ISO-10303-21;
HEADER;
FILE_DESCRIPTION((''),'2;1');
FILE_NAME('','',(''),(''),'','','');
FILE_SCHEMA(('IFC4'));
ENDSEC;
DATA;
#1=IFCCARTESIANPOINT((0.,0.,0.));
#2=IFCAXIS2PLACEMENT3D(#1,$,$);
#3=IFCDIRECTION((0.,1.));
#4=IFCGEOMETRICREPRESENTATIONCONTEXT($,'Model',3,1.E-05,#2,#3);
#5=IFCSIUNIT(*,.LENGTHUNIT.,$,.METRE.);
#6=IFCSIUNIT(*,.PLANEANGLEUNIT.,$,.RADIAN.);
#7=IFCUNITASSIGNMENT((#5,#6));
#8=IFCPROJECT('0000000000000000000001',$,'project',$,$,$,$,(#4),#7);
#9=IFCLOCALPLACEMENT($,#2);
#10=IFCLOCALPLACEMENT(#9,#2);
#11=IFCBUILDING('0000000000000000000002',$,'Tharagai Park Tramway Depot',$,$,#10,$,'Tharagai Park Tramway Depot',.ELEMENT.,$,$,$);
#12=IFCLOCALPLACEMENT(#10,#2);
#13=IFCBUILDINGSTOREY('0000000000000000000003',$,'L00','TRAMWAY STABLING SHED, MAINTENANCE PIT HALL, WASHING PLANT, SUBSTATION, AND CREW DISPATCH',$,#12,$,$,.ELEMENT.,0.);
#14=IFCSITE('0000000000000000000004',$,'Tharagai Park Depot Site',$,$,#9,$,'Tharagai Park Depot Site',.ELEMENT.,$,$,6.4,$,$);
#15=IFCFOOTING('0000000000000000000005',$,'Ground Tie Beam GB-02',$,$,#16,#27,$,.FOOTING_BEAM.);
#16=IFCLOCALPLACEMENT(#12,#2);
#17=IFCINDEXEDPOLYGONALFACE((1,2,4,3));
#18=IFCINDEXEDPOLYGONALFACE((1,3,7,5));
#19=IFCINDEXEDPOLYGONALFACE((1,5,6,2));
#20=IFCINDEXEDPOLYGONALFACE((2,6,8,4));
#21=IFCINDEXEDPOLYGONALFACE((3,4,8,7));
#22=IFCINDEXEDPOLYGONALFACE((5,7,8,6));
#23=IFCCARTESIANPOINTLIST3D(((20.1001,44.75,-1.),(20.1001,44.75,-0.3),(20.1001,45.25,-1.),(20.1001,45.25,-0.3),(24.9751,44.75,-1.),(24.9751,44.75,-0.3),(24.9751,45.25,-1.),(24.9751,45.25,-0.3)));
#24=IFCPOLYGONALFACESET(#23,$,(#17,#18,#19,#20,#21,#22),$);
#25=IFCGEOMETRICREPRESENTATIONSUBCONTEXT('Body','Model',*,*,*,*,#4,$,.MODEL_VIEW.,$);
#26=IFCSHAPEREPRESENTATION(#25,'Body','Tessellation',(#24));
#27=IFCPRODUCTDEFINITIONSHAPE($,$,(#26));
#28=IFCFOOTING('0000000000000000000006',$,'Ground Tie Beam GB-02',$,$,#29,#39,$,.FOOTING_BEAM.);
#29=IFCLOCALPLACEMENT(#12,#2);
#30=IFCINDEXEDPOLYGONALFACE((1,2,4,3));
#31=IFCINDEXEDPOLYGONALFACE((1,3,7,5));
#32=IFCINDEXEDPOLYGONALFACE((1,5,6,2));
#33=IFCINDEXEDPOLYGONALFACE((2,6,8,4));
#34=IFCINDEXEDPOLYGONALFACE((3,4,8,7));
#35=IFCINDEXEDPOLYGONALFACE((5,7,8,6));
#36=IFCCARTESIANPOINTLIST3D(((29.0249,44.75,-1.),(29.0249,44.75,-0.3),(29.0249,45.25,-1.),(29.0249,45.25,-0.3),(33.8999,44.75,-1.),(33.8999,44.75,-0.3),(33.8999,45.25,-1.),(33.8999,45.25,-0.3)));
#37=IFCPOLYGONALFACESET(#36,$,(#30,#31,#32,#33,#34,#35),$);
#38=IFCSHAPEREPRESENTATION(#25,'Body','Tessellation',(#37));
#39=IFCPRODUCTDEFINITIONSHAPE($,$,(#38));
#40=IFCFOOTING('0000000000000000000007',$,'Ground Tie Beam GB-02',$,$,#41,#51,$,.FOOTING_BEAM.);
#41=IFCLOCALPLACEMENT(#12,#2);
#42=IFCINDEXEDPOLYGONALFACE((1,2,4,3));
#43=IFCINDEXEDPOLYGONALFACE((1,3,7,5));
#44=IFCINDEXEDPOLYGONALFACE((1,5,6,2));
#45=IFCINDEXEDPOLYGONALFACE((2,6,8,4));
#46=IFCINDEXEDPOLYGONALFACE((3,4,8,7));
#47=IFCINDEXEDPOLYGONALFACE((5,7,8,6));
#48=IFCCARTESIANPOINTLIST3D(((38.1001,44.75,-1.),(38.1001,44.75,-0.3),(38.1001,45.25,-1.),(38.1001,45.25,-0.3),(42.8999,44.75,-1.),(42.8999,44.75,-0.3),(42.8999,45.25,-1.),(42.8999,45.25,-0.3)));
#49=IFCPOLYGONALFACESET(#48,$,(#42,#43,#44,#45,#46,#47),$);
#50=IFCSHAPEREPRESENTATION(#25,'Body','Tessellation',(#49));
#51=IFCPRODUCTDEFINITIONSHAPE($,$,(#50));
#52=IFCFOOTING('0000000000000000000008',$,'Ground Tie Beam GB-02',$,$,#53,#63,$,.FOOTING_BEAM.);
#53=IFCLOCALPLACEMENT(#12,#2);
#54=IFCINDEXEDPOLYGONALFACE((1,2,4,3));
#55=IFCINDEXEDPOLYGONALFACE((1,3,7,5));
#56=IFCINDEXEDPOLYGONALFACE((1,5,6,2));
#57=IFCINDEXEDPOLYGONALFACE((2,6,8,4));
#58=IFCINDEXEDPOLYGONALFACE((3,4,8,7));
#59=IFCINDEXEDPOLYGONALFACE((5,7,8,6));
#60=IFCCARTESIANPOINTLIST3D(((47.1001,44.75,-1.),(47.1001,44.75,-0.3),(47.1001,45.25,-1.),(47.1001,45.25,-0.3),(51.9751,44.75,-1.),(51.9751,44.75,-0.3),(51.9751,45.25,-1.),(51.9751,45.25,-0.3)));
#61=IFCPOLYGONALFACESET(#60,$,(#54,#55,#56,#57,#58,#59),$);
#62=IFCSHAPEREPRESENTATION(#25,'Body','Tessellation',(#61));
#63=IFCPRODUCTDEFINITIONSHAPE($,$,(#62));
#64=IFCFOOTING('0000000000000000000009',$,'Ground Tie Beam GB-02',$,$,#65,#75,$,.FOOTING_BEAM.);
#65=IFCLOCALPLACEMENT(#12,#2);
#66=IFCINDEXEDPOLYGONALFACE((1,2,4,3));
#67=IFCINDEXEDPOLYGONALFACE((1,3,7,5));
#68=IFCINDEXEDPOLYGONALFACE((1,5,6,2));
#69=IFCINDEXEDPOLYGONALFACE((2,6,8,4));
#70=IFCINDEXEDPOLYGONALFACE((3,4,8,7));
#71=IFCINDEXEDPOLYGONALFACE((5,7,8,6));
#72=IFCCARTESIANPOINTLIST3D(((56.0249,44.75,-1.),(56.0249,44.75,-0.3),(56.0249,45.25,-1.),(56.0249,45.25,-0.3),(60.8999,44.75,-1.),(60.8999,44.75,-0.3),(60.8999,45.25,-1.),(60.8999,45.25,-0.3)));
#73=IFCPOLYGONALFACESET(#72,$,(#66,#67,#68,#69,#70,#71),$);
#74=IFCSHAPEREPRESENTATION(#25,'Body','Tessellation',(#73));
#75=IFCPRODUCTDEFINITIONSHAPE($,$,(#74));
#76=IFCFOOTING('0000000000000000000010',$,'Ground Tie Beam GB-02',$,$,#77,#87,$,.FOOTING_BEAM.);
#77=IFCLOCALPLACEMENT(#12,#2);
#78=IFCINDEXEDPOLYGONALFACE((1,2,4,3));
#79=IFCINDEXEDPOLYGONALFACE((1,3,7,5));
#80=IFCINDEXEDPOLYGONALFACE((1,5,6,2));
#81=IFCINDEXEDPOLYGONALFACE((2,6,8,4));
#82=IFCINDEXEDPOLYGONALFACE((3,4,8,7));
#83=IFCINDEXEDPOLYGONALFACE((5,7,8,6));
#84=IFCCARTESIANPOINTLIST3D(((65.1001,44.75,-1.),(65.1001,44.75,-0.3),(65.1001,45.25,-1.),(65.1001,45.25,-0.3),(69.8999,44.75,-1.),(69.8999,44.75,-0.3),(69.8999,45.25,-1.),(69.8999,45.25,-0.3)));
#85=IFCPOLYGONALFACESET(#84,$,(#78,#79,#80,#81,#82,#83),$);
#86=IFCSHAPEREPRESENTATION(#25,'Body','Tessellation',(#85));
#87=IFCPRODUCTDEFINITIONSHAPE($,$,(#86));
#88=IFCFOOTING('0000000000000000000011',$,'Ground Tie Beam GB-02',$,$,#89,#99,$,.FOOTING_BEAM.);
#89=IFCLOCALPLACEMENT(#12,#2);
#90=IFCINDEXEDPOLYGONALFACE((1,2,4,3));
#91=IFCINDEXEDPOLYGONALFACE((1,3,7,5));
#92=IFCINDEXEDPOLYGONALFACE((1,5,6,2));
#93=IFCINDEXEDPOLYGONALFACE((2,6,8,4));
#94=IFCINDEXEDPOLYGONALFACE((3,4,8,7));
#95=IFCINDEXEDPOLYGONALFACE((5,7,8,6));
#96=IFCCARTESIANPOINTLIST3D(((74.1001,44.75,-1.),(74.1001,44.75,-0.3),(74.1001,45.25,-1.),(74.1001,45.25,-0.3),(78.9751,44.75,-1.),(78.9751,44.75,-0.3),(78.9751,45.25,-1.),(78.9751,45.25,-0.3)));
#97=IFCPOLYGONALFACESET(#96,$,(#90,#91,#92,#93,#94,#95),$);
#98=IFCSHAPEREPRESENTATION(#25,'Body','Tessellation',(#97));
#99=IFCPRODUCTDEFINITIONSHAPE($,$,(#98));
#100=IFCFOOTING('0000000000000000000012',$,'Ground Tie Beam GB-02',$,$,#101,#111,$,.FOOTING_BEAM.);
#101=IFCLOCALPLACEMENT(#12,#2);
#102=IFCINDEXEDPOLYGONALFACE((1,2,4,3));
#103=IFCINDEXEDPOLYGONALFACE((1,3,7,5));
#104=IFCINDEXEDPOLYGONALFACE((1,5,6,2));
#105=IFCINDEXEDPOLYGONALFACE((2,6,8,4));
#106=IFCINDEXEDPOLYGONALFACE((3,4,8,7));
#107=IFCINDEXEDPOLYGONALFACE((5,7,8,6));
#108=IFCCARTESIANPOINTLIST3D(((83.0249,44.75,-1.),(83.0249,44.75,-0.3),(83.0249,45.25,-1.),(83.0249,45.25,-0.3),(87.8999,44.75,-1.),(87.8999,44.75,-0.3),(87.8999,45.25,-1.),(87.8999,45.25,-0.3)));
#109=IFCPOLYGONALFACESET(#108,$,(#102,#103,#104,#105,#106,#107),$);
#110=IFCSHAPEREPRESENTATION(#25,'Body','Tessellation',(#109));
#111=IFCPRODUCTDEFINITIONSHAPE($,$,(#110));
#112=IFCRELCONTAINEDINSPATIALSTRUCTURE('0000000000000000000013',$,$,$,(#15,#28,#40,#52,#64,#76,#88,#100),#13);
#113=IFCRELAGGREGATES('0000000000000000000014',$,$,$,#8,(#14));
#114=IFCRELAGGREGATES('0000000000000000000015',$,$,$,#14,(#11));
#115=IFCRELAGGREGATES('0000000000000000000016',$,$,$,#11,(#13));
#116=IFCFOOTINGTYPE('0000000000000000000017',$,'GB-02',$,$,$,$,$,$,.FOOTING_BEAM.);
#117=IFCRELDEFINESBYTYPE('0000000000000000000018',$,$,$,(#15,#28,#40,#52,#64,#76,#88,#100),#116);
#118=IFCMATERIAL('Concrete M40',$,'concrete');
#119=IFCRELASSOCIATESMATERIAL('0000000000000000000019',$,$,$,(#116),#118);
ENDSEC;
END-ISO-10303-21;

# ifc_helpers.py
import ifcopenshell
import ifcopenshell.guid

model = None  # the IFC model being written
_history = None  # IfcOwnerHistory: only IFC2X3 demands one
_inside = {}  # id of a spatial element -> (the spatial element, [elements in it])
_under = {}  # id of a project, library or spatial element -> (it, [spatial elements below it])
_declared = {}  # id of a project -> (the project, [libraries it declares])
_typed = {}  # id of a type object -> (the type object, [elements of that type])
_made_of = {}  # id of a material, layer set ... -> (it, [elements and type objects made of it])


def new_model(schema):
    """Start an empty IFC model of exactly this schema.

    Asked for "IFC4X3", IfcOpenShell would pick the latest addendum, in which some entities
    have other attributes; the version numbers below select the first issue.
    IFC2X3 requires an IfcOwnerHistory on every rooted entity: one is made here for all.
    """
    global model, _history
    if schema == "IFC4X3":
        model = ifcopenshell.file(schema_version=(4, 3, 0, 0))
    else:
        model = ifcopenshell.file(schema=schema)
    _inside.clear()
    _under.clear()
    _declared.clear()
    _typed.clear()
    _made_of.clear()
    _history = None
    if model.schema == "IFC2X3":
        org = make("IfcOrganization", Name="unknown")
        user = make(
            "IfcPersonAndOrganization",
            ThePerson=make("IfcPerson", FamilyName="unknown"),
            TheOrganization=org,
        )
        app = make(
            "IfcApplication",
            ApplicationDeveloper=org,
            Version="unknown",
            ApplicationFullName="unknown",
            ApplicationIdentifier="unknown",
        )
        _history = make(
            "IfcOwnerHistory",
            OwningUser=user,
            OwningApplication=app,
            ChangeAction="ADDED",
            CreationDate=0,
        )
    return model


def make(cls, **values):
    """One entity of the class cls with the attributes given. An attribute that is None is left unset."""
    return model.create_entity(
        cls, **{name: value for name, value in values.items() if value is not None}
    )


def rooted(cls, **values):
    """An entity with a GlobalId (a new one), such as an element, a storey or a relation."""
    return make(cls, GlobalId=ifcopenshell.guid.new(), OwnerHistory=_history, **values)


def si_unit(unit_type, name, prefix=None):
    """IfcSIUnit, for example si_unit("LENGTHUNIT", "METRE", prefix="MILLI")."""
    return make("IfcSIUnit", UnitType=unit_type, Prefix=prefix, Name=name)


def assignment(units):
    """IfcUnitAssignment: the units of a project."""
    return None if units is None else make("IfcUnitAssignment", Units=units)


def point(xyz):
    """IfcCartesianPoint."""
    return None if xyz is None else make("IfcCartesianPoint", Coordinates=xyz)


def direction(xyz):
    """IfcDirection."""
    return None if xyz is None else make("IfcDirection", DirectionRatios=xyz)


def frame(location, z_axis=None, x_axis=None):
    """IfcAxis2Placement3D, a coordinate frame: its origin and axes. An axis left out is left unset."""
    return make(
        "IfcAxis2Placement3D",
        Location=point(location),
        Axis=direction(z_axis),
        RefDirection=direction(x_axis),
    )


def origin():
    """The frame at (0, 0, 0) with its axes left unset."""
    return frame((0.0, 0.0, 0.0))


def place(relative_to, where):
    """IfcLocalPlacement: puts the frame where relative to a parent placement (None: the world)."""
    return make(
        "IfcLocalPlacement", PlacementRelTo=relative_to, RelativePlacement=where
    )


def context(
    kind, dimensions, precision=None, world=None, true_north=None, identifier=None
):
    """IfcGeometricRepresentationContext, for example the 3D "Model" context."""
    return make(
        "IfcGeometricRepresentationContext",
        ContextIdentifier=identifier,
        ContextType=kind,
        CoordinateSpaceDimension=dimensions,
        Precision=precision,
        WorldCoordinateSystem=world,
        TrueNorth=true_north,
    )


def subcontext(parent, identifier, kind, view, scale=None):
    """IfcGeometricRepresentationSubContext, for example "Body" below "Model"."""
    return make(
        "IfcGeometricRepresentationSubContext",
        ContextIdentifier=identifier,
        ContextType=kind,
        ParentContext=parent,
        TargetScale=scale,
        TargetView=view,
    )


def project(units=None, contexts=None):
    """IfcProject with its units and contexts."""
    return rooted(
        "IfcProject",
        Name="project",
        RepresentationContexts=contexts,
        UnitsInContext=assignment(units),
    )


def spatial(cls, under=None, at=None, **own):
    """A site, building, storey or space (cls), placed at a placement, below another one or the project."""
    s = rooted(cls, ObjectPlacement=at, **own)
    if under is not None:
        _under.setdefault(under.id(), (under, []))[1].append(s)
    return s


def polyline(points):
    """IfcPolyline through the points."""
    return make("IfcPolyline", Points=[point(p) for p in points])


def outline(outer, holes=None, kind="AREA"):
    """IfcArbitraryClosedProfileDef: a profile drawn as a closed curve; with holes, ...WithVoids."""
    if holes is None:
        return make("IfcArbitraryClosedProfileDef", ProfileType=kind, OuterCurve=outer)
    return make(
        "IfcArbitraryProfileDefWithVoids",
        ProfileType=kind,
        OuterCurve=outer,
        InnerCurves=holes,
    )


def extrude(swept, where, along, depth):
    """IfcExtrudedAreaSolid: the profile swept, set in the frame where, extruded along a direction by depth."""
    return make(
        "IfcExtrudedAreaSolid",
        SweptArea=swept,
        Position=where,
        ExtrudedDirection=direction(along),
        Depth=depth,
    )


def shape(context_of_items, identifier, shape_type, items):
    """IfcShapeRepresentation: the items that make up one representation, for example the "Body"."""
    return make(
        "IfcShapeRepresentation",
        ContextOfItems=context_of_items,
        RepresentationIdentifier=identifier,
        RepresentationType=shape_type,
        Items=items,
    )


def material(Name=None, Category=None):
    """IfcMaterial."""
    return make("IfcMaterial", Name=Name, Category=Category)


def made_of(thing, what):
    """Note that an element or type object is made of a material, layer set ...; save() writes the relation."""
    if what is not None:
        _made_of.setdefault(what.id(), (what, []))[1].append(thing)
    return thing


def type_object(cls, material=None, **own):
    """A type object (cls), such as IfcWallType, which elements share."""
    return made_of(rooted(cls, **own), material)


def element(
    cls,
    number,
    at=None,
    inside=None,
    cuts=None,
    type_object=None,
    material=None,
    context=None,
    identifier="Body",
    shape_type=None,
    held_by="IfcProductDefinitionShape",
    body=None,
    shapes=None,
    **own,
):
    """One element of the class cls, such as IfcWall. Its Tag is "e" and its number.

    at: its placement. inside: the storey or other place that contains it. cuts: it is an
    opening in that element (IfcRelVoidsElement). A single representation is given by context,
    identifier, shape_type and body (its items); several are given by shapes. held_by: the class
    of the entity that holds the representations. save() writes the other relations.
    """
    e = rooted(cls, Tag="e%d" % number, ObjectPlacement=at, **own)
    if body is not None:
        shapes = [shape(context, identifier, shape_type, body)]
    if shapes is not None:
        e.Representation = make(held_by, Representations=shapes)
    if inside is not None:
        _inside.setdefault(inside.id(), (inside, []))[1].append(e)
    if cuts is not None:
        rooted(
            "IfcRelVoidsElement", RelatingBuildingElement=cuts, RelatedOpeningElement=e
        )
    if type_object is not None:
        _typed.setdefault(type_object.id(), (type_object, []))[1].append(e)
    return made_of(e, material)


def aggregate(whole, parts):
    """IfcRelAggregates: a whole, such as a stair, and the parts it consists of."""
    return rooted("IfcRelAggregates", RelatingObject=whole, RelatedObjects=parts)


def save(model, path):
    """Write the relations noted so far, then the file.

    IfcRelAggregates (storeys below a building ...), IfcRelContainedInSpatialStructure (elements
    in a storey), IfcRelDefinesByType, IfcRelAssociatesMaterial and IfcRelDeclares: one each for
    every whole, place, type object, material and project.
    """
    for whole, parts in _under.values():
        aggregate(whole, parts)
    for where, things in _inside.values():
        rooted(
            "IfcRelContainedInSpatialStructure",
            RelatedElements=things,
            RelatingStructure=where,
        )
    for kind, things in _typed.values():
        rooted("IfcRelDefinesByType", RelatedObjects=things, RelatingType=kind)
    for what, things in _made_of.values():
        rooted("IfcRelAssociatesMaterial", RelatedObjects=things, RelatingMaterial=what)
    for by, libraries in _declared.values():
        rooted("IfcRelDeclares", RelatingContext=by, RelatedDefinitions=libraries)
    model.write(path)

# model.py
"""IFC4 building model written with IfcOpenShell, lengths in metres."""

from ifc_helpers import new_model, si_unit, direction, frame, origin, place, context, subcontext, project, spatial, polyline, outline, extrude, material, type_object, element, save


model = new_model("IFC4")

# Units and contexts
model_context = context("Model", 3, precision=1e-05, world=origin(), true_north=direction((0.0, 1.0)))
body_context = subcontext(model_context, "Body", "Model", "MODEL_VIEW")
ifc_project = project(units=[si_unit("LENGTHUNIT", "METRE"), si_unit("PLANEANGLEUNIT", "RADIAN")], contexts=[model_context])

# Site, building, storey
site_placement = place(None, origin())
site = spatial("IfcSite", under=ifc_project, at=site_placement, Name="Tharagai Park Depot Site", LongName="Tharagai Park Depot Site", CompositionType="ELEMENT", RefElevation=6.4)
building_placement = place(site_placement, origin())
building = spatial("IfcBuilding", under=site, at=building_placement, Name="Tharagai Park Tramway Depot", LongName="Tharagai Park Tramway Depot", CompositionType="ELEMENT")
storey_placement = place(building_placement, origin())
storey = spatial("IfcBuildingStorey", under=building, at=storey_placement, Name="L00", Description="TRAMWAY STABLING SHED, MAINTENANCE PIT HALL, WASHING PLANT, SUBSTATION, AND CREW DISPATCH", CompositionType="ELEMENT", Elevation=0.0)

# Footings
ifc_material = material(Name="Concrete M40", Category="concrete")
footing_type_1 = type_object("IfcFootingType", Name="GB-02", PredefinedType="FOOTING_BEAM", material=ifc_material)
footing_1_placement = place(storey_placement, frame((0.0, 0.0, -1.0)))
element("IfcFooting", 1, at=footing_1_placement, inside=storey, type_object=footing_type_1, Name="Ground Tie Beam GB-02", PredefinedType="FOOTING_BEAM", context=body_context, shape_type="SweptSolid", body=[
    extrude(outline(polyline([(20.1001, 44.75), (24.9751, 44.75), (24.9751, 45.25), (20.1001, 45.25), (20.1001, 44.75)])), origin(), (0.0, 0.0, 1.0), 0.7),
])
footing_2_placement = place(storey_placement, frame((0.0, 0.0, -1.0)))
element("IfcFooting", 2, at=footing_2_placement, inside=storey, type_object=footing_type_1, Name="Ground Tie Beam GB-02", PredefinedType="FOOTING_BEAM", context=body_context, shape_type="SweptSolid", body=[
    extrude(outline(polyline([(29.0249, 44.75), (33.8999, 44.75), (33.8999, 45.25), (29.0249, 45.25), (29.0249, 44.75)])), origin(), (0.0, 0.0, 1.0), 0.7),
])
footing_3_placement = place(storey_placement, frame((0.0, 0.0, -1.0)))
element("IfcFooting", 3, at=footing_3_placement, inside=storey, type_object=footing_type_1, Name="Ground Tie Beam GB-02", PredefinedType="FOOTING_BEAM", context=body_context, shape_type="SweptSolid", body=[
    extrude(outline(polyline([(38.1001, 44.75), (42.8999, 44.75), (42.8999, 45.25), (38.1001, 45.25), (38.1001, 44.75)])), origin(), (0.0, 0.0, 1.0), 0.7),
])
footing_4_placement = place(storey_placement, frame((0.0, 0.0, -1.0)))
element("IfcFooting", 4, at=footing_4_placement, inside=storey, type_object=footing_type_1, Name="Ground Tie Beam GB-02", PredefinedType="FOOTING_BEAM", context=body_context, shape_type="SweptSolid", body=[
    extrude(outline(polyline([(47.1001, 44.75), (51.9751, 44.75), (51.9751, 45.25), (47.1001, 45.25), (47.1001, 44.75)])), origin(), (0.0, 0.0, 1.0), 0.7),
])
footing_5_placement = place(storey_placement, frame((0.0, 0.0, -1.0)))
element("IfcFooting", 5, at=footing_5_placement, inside=storey, type_object=footing_type_1, Name="Ground Tie Beam GB-02", PredefinedType="FOOTING_BEAM", context=body_context, shape_type="SweptSolid", body=[
    extrude(outline(polyline([(56.0249, 44.75), (60.8999, 44.75), (60.8999, 45.25), (56.0249, 45.25), (56.0249, 44.75)])), origin(), (0.0, 0.0, 1.0), 0.7),
])
footing_6_placement = place(storey_placement, frame((0.0, 0.0, -1.0)))
element("IfcFooting", 6, at=footing_6_placement, inside=storey, type_object=footing_type_1, Name="Ground Tie Beam GB-02", PredefinedType="FOOTING_BEAM", context=body_context, shape_type="SweptSolid", body=[
    extrude(outline(polyline([(65.1001, 44.75), (69.8999, 44.75), (69.8999, 45.25), (65.1001, 45.25), (65.1001, 44.75)])), origin(), (0.0, 0.0, 1.0), 0.7),
])
footing_7_placement = place(storey_placement, frame((0.0, 0.0, -1.0)))
element("IfcFooting", 7, at=footing_7_placement, inside=storey, type_object=footing_type_1, Name="Ground Tie Beam GB-02", PredefinedType="FOOTING_BEAM", context=body_context, shape_type="SweptSolid", body=[
    extrude(outline(polyline([(74.1001, 44.75), (78.9751, 44.75), (78.9751, 45.25), (74.1001, 45.25), (74.1001, 44.75)])), origin(), (0.0, 0.0, 1.0), 0.7),
])
footing_8_placement = place(storey_placement, frame((0.0, 0.0, -1.0)))
element("IfcFooting", 8, at=footing_8_placement, inside=storey, type_object=footing_type_1, Name="Ground Tie Beam GB-02", PredefinedType="FOOTING_BEAM", context=body_context, shape_type="SweptSolid", body=[
    extrude(outline(polyline([(83.0249, 44.75), (87.8999, 44.75), (87.8999, 45.25), (83.0249, 45.25), (83.0249, 44.75)])), origin(), (0.0, 0.0, 1.0), 0.7),
])

save(model, "model.ifc")
